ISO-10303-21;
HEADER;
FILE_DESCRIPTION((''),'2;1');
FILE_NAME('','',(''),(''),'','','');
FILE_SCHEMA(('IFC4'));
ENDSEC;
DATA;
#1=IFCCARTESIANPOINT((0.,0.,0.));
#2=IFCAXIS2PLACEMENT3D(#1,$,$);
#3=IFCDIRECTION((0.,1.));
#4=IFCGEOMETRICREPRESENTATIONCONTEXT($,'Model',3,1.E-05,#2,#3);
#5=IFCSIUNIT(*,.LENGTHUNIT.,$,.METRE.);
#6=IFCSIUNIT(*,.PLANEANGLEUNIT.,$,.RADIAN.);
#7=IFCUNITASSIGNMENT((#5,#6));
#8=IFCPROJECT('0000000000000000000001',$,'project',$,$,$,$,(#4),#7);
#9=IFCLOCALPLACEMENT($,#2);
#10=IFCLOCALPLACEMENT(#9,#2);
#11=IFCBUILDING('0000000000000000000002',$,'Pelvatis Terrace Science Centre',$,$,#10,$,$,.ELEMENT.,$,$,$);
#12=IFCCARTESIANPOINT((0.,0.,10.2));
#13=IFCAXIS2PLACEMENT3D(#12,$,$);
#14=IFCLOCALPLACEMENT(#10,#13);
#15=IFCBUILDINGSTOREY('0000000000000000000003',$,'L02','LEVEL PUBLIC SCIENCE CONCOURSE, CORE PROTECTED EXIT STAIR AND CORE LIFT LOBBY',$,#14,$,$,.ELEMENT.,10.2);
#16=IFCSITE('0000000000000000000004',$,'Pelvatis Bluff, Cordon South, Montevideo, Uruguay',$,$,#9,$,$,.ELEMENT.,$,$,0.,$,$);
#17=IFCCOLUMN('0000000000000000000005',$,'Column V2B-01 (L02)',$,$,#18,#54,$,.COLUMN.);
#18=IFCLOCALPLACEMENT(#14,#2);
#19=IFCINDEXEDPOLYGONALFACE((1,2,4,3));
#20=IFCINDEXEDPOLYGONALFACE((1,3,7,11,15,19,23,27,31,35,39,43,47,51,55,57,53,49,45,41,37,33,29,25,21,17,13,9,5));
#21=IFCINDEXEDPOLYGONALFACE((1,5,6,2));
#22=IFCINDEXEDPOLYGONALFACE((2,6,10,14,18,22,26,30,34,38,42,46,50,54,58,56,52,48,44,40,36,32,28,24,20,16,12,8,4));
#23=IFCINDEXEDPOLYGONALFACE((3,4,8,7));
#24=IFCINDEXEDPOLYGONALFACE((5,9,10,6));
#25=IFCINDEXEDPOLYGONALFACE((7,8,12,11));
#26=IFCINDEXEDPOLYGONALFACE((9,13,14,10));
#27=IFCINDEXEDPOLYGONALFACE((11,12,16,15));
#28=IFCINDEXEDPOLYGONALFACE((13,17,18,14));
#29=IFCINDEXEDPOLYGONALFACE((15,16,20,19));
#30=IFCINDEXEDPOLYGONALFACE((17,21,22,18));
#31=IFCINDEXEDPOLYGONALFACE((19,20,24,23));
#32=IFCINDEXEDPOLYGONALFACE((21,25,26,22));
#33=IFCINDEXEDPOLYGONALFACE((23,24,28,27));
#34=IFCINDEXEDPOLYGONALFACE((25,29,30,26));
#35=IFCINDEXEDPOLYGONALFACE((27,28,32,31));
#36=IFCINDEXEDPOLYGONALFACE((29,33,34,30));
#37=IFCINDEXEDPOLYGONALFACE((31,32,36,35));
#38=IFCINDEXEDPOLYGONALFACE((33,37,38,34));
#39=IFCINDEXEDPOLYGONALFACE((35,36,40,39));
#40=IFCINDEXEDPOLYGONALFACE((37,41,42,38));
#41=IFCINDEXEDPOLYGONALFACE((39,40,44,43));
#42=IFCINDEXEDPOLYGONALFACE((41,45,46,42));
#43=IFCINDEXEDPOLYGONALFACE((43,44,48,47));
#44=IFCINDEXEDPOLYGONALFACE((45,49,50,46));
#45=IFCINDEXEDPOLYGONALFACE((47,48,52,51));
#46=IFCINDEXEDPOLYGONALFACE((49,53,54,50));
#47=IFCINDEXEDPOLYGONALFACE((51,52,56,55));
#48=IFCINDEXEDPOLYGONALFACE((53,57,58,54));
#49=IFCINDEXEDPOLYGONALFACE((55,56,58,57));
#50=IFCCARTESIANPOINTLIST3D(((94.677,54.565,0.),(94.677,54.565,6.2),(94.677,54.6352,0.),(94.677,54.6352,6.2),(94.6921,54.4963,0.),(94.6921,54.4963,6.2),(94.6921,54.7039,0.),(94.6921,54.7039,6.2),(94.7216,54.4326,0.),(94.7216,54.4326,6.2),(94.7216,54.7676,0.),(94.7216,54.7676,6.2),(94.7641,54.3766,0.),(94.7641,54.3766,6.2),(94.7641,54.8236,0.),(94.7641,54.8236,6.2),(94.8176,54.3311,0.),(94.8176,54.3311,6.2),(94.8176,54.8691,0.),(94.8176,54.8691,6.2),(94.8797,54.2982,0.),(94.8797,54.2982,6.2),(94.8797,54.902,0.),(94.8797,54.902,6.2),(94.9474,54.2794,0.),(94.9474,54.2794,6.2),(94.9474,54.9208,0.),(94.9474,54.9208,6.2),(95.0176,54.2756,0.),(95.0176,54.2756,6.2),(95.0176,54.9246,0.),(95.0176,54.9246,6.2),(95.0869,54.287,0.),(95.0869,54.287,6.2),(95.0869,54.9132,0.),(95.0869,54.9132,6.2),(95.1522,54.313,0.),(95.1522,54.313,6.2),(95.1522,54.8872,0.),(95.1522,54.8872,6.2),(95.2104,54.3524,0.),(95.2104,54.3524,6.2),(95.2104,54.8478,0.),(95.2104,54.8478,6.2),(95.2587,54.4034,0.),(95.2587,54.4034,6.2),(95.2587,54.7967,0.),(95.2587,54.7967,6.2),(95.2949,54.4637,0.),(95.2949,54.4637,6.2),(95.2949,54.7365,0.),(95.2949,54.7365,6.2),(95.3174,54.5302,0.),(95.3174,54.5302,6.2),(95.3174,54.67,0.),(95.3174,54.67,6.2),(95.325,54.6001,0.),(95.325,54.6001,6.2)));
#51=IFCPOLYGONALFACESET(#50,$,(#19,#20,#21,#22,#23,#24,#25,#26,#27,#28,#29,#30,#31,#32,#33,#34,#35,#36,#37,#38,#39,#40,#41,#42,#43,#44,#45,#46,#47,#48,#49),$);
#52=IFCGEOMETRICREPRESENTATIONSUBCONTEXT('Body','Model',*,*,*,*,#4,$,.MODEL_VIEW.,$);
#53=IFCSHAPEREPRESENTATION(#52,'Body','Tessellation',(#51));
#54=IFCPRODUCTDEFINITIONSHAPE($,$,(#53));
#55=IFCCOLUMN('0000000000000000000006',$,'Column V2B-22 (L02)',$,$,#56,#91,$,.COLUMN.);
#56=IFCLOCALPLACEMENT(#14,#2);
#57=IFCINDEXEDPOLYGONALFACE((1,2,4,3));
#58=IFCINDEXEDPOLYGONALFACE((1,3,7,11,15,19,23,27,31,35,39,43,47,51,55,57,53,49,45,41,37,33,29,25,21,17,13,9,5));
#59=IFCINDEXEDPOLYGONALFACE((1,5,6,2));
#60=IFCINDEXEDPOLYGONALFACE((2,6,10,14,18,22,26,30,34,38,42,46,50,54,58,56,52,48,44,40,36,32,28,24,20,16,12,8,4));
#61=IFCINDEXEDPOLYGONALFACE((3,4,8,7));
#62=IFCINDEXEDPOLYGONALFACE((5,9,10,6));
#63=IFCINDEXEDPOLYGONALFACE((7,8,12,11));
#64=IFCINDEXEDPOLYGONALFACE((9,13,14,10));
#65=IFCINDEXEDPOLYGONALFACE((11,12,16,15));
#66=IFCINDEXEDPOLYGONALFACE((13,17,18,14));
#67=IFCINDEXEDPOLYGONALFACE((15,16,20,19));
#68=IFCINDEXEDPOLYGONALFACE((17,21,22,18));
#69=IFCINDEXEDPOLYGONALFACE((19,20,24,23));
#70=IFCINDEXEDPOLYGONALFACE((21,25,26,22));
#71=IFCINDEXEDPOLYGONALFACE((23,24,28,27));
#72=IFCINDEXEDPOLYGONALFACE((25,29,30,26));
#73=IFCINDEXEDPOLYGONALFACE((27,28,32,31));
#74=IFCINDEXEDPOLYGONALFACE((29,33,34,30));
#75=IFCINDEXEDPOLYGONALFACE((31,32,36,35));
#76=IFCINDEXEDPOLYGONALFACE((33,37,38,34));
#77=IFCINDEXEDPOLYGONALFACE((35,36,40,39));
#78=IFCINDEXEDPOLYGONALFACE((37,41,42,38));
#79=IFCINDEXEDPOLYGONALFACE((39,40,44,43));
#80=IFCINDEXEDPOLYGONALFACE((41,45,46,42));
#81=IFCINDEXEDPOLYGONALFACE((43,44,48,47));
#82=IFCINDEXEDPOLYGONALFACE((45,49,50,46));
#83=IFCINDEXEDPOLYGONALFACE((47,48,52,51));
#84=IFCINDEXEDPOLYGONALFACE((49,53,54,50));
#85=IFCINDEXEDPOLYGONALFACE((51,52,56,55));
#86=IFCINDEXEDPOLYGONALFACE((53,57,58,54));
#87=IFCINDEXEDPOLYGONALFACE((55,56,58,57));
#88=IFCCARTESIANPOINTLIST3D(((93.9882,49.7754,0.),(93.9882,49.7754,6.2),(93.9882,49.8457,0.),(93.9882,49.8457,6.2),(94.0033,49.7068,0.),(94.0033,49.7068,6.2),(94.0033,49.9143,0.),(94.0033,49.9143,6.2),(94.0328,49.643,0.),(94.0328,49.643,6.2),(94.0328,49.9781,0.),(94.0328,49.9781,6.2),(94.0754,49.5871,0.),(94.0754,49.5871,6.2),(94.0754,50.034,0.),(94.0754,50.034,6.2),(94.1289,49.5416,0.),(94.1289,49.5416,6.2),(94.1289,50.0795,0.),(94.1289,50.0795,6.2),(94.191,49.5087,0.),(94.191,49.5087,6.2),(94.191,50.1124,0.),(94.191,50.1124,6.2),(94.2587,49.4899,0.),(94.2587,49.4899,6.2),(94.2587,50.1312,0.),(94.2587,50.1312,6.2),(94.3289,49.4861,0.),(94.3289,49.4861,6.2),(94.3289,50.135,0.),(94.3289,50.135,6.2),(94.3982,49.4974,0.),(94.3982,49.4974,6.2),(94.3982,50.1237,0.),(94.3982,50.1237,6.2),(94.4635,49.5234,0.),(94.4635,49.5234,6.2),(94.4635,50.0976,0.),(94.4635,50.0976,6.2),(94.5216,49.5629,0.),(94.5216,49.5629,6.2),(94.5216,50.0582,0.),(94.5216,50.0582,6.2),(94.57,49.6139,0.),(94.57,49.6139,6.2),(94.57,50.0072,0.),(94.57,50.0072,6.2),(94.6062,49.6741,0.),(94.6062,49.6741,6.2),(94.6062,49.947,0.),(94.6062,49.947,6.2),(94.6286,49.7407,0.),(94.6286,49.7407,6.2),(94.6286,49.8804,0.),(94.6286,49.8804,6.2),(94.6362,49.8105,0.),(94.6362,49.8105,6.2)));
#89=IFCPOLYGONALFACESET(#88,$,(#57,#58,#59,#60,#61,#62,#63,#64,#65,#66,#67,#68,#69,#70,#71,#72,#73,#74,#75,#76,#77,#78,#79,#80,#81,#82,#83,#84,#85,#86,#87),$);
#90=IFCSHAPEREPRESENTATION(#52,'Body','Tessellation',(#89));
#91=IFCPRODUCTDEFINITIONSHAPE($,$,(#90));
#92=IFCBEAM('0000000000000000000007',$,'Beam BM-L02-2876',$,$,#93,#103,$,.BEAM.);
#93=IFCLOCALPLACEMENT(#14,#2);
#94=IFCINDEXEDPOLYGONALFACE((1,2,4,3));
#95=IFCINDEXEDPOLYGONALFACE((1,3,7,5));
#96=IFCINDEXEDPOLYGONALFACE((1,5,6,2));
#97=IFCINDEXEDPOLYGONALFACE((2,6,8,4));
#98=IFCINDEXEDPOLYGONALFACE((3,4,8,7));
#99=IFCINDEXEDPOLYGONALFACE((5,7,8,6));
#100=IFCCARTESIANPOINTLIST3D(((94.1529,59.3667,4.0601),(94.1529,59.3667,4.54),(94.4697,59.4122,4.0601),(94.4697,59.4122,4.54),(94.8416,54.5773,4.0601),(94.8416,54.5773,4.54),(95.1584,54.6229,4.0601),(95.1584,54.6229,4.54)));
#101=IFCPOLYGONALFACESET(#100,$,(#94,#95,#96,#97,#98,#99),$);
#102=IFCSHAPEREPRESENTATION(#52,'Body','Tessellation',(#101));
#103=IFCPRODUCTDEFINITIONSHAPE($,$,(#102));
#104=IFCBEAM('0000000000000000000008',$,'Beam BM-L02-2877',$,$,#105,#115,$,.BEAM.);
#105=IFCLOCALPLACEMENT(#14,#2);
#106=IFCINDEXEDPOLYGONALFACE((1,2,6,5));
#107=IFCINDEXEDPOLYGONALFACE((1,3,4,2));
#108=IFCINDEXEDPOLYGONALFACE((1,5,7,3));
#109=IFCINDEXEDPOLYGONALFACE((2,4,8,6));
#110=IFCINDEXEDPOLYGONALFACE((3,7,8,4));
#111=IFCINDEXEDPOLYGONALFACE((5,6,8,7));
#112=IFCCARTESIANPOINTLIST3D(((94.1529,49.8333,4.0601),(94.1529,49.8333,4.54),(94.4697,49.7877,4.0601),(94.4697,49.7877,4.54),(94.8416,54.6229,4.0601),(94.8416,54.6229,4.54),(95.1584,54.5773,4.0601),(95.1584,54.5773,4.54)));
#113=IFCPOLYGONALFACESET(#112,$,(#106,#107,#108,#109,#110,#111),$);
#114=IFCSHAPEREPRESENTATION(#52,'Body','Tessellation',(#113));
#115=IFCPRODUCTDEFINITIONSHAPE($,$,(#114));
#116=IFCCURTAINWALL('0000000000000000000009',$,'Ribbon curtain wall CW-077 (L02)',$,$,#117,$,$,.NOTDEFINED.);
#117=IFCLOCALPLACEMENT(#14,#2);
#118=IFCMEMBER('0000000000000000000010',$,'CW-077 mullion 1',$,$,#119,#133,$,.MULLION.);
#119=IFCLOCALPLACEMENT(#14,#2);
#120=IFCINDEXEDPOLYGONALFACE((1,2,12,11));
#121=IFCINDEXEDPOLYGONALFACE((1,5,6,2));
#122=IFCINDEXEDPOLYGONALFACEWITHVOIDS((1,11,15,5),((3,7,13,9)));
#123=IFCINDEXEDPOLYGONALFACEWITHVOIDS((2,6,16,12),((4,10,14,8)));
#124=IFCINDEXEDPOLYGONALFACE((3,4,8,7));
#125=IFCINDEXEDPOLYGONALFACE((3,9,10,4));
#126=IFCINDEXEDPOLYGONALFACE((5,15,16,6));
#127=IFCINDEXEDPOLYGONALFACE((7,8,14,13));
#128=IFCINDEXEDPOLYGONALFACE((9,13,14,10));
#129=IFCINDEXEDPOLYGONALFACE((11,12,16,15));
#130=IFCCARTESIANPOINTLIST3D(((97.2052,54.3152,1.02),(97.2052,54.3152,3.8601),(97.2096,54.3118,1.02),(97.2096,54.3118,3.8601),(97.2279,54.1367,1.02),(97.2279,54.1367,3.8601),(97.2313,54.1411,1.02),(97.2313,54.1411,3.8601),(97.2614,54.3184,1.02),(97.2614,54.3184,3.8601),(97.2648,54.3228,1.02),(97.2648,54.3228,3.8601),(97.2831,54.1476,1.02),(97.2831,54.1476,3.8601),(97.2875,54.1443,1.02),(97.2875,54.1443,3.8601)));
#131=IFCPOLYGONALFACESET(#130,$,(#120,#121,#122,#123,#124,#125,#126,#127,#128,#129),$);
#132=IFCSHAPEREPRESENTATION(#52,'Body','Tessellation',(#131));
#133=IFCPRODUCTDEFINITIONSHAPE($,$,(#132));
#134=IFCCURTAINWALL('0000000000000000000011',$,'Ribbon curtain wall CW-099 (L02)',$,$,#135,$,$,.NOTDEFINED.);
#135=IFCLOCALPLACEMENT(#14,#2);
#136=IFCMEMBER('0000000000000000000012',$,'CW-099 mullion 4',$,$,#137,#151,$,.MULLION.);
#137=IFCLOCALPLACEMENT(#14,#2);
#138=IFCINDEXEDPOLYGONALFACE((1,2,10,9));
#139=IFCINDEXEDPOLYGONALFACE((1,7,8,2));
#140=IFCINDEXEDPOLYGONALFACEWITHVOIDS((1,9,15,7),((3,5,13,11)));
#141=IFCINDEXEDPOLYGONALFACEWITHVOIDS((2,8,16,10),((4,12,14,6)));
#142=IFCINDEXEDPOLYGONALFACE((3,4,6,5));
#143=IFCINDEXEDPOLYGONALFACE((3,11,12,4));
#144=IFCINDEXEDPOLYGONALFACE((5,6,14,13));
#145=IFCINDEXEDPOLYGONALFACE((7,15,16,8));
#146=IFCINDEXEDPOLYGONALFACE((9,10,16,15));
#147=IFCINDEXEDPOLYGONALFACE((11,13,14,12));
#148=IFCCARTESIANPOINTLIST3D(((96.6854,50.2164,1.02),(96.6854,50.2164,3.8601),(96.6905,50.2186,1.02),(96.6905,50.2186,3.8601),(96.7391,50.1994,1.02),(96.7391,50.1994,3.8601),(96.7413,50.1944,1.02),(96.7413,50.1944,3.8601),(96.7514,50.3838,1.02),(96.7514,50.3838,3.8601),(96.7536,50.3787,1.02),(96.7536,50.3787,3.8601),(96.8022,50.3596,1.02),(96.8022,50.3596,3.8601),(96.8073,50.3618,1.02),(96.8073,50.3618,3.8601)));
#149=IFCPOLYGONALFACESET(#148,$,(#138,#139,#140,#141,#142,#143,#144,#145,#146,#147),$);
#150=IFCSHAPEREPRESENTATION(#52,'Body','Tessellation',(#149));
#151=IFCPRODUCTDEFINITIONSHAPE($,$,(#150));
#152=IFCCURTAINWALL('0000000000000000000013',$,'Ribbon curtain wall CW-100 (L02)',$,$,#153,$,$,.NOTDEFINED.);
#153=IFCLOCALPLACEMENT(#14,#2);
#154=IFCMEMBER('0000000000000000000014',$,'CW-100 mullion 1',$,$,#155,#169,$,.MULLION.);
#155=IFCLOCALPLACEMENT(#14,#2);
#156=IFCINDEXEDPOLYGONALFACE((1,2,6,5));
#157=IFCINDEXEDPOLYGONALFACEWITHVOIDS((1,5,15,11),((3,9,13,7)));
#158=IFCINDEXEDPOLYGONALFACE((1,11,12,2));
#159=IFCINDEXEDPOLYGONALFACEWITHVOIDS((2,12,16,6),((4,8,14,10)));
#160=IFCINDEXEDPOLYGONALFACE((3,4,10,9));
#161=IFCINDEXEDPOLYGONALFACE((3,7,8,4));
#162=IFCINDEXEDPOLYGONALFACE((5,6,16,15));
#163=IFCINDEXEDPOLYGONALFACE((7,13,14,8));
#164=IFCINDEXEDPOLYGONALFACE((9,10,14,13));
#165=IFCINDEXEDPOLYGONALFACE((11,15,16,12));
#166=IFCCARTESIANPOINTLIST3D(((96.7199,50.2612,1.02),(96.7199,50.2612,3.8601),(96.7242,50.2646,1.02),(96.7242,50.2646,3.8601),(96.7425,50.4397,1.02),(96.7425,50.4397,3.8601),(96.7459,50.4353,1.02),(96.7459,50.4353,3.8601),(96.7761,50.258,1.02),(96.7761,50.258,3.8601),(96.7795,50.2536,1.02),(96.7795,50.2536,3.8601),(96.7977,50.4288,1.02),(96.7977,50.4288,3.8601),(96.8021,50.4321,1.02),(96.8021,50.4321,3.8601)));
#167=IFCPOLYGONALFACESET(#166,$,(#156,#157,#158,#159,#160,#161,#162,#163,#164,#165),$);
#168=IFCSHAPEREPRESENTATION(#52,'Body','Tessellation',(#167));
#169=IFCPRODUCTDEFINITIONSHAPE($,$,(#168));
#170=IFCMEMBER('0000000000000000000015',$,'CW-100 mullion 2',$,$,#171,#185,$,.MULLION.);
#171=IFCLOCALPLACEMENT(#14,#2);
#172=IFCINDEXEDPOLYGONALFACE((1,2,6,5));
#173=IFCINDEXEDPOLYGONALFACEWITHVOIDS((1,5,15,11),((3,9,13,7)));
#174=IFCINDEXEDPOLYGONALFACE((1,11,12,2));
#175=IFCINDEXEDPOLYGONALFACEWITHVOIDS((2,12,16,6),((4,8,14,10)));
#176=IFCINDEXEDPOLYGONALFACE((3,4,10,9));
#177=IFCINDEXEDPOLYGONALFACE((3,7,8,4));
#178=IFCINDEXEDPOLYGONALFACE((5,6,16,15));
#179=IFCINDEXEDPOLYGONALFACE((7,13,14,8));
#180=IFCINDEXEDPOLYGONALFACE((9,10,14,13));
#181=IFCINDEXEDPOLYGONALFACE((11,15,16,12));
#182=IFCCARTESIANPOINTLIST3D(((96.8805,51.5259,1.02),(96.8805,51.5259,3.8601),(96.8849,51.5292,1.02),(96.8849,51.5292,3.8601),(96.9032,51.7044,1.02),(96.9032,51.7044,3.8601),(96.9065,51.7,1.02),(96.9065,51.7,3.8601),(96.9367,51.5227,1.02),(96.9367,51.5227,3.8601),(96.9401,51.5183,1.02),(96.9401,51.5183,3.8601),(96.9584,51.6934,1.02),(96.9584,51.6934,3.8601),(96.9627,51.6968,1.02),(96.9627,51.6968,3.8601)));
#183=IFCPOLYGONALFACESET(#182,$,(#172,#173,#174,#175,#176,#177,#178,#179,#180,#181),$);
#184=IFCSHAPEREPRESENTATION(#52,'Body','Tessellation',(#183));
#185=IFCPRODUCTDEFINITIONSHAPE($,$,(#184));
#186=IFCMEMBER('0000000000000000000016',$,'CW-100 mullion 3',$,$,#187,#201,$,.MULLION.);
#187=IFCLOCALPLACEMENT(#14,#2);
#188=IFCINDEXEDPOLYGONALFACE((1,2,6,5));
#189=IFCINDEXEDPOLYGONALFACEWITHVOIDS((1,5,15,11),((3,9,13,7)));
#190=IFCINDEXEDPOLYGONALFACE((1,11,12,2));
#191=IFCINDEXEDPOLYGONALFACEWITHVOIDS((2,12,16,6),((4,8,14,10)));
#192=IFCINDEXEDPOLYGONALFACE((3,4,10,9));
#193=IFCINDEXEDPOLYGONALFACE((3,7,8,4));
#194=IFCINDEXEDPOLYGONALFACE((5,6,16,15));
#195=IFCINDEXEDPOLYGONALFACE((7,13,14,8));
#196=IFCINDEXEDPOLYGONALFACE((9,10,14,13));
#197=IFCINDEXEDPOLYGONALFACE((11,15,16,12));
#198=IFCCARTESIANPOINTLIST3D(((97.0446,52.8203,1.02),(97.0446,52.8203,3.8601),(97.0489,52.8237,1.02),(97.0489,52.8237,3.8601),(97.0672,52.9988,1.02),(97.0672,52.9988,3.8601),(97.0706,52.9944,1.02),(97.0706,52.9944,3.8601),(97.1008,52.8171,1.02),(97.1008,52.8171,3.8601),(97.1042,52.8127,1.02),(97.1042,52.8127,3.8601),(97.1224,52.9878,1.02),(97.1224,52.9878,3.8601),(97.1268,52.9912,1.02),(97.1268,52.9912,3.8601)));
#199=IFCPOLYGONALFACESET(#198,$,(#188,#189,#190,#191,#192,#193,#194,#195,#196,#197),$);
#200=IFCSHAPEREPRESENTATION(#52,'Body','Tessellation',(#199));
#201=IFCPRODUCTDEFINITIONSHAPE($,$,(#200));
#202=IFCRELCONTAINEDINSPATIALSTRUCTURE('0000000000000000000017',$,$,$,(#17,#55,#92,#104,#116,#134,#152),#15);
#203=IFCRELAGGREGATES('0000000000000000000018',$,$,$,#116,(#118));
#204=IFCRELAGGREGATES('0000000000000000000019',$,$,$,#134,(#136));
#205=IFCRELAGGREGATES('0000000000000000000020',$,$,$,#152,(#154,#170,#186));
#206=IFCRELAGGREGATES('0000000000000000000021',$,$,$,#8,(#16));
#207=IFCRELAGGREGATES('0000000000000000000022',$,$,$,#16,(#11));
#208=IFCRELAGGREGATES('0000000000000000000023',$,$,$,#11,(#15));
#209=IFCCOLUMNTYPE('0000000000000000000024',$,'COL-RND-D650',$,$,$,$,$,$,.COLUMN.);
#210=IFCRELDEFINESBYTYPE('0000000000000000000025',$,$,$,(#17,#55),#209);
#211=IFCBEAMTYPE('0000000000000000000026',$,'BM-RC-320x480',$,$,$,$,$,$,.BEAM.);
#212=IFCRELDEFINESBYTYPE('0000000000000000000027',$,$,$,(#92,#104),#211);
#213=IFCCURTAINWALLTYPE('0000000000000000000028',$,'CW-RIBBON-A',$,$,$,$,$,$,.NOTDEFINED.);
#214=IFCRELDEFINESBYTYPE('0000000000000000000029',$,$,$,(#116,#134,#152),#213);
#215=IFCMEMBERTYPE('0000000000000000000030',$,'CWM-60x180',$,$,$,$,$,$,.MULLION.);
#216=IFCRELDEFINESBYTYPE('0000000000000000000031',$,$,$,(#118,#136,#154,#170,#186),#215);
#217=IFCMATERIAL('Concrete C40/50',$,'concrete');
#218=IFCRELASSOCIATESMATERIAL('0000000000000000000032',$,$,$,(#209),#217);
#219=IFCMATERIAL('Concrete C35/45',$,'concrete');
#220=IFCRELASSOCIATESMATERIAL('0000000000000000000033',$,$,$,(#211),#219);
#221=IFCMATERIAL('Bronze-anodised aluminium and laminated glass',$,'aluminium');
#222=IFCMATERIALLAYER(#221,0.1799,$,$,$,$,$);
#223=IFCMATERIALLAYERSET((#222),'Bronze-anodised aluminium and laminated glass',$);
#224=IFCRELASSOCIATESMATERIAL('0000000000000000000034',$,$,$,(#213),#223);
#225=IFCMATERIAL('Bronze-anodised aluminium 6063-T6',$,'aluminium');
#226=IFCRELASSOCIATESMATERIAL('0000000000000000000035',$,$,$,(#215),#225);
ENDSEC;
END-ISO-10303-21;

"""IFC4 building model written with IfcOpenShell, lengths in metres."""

from ifc_helpers import new_model, si_unit, direction, frame, origin, origin_2d, place, context, subcontext, project, spatial, rectangle, hollow_rectangle, circle, extrude, material, layer, layer_set, material_profile, profile_set, type_object, element, aggregate, save


model = new_model("IFC4")

# Units and contexts
model_context = context("Model", 3, precision=1e-05, world=origin(), true_north=direction((0.0, 1.0)))
body_context = subcontext(model_context, "Body", "Model", "MODEL_VIEW")
ifc_project = project(units=[si_unit("LENGTHUNIT", "METRE"), si_unit("PLANEANGLEUNIT", "RADIAN")], contexts=[model_context])

# Site, building, storey
site_placement = place(None, origin())
site = spatial("IfcSite", under=ifc_project, at=site_placement, Name="Pelvatis Bluff, Cordon South, Montevideo, Uruguay", CompositionType="ELEMENT", RefElevation=0.0)
building_placement = place(site_placement, origin())
building = spatial("IfcBuilding", under=site, at=building_placement, Name="Pelvatis Terrace Science Centre", CompositionType="ELEMENT")
storey_placement = place(building_placement, frame((0.0, 0.0, 10.2)))
storey = spatial("IfcBuildingStorey", under=building, at=storey_placement, Name="L02", Description="LEVEL PUBLIC SCIENCE CONCOURSE, CORE PROTECTED EXIT STAIR AND CORE LIFT LOBBY", CompositionType="ELEMENT", Elevation=10.2)

# Columns
ifc_material_1 = material(Name="Concrete C40/50", Category="concrete")
ifc_material_profile_1 = material_profile(ifc_material_1, circle(Radius=0.325, at=origin_2d()), Name="RC-RCOL D650")
ifc_profile_set_1 = profile_set([ifc_material_profile_1], Name="Concrete C40/50")
column_type = type_object("IfcColumnType", Name="COL-RND-D650", PredefinedType="COLUMN", material=ifc_profile_set_1)
for number, where, z_axis, x_axis, name in (
    (1, (95.0, 54.6001, 0.0), (0.0, 0.0, 1.0), (1.0, 0.0, 0.0), "Column V2B-01 (L02)"),
    (2, (94.3113, 49.8105, 0.0), (0.0, 0.0, 1.0), (1.0, 0.0, 0.0), "Column V2B-22 (L02)"),
):
    element("IfcColumn", number, at=place(storey_placement, frame(where, z_axis=z_axis, x_axis=x_axis)), inside=storey, type_object=column_type, Name=name, PredefinedType="COLUMN", context=body_context, shape_type="SweptSolid", body=[
        extrude(circle(Radius=0.325, at=origin_2d()), origin(), (0.0, 0.0, 1.0), 6.2),
    ])

# Beams
ifc_material_2 = material(Name="Concrete C35/45", Category="concrete")
ifc_material_profile_2 = material_profile(ifc_material_2, rectangle(XDim=0.3201, YDim=0.48, at=origin_2d()), Name="RC-BM 320x480")
ifc_profile_set_2 = profile_set([ifc_material_profile_2], Name="Concrete C35/45")
beam_type = type_object("IfcBeamType", Name="BM-RC-320x480", PredefinedType="BEAM", material=ifc_profile_set_2)
beam_1_placement = place(storey_placement, frame((95.0, 54.6001, 4.3), z_axis=(-0.14234, 0.989818, 0.0), x_axis=(-0.989818, -0.14234, 0.0)))
element("IfcBeam", 3, at=beam_1_placement, inside=storey, type_object=beam_type, Name="Beam BM-L02-2876", PredefinedType="BEAM", context=body_context, shape_type="SweptSolid", body=[
    extrude(rectangle(XDim=0.3201, YDim=0.48, at=origin_2d()), origin(), (0.0, 0.0, 1.0), 4.8386),
])
beam_2_placement = place(storey_placement, frame((95.0, 54.6001, 4.3), z_axis=(-0.142333, -0.989819, 0.0), x_axis=(0.989819, -0.142333, 0.0)))
element("IfcBeam", 4, at=beam_2_placement, inside=storey, type_object=beam_type, Name="Beam BM-L02-2877", PredefinedType="BEAM", context=body_context, shape_type="SweptSolid", body=[
    extrude(rectangle(XDim=0.3201, YDim=0.48, at=origin_2d()), origin(), (0.0, 0.0, 1.0), 4.8389),
])

# Curtain walls, members
ifc_material_3 = material(Name="Bronze-anodised aluminium and laminated glass", Category="aluminium")
ifc_layer_1 = layer(ifc_material_3, 0.1799)
ifc_layer_set_1 = layer_set([ifc_layer_1], Name="Bronze-anodised aluminium and laminated glass")
curtain_wall_type = type_object("IfcCurtainWallType", Name="CW-RIBBON-A", PredefinedType="NOTDEFINED", material=ifc_layer_set_1)
curtain_wall_1_placement = place(storey_placement, origin())
curtain_wall_1 = element("IfcCurtainWall", 5, at=curtain_wall_1_placement, inside=storey, type_object=curtain_wall_type, Name="Ribbon curtain wall CW-077 (L02)", PredefinedType="NOTDEFINED")
ifc_material_4 = material(Name="Bronze-anodised aluminium 6063-T6", Category="aluminium")
ifc_material_profile_3 = material_profile(ifc_material_4, hollow_rectangle(XDim=0.0601, YDim=0.1799, WallThickness=0.0039, at=origin_2d()), Name="ALU-MUL 60x180")
ifc_profile_set_3 = profile_set([ifc_material_profile_3], Name="Bronze-anodised aluminium 6063-T6")
member_type_1 = type_object("IfcMemberType", Name="CWM-60x180", PredefinedType="MULLION", material=ifc_profile_set_3)
member_1_placement = place(storey_placement, frame((97.2463, 54.2297, 1.02), z_axis=(0.0, 0.0, 1.0), x_axis=(-0.992046, -0.125877, 0.0)))
member_1 = element("IfcMember", 6, at=member_1_placement, type_object=member_type_1, Name="CW-077 mullion 1", PredefinedType="MULLION", context=body_context, shape_type="SweptSolid", body=[
    extrude(hollow_rectangle(XDim=0.0601, YDim=0.1799, WallThickness=0.0039, at=origin_2d()), origin(), (0.0, 0.0, 1.0), 2.8401),
])
curtain_wall_2_placement = place(storey_placement, origin())
curtain_wall_2 = element("IfcCurtainWall", 7, at=curtain_wall_2_placement, inside=storey, type_object=curtain_wall_type, Name="Ribbon curtain wall CW-099 (L02)", PredefinedType="NOTDEFINED")
member_2_placement = place(storey_placement, frame((96.7463, 50.2891, 1.02), z_axis=(0.0, 0.0, 1.0), x_axis=(-0.93038, 0.366597, 0.0)))
member_2 = element("IfcMember", 8, at=member_2_placement, type_object=member_type_1, Name="CW-099 mullion 4", PredefinedType="MULLION", context=body_context, shape_type="SweptSolid", body=[
    extrude(hollow_rectangle(XDim=0.0601, YDim=0.1799, WallThickness=0.0039, at=origin_2d()), origin(), (0.0, 0.0, 1.0), 2.8401),
])

# Curtain wall, members
curtain_wall_3_placement = place(storey_placement, origin())
curtain_wall_3 = element("IfcCurtainWall", 9, at=curtain_wall_3_placement, inside=storey, type_object=curtain_wall_type, Name="Ribbon curtain wall CW-100 (L02)", PredefinedType="NOTDEFINED")
member_3_placement = place(storey_placement, frame((96.761, 50.3467, 1.02), z_axis=(0.0, 0.0, 1.0), x_axis=(-0.992046, 0.125877, 0.0)))
member_3 = element("IfcMember", 10, at=member_3_placement, type_object=member_type_1, Name="CW-100 mullion 1", PredefinedType="MULLION", context=body_context, shape_type="SweptSolid", body=[
    extrude(hollow_rectangle(XDim=0.0601, YDim=0.1799, WallThickness=0.0039, at=origin_2d()), origin(), (0.0, 0.0, 1.0), 2.8401),
])
member_4_placement = place(storey_placement, frame((96.9216, 51.6113, 1.02), z_axis=(0.0, 0.0, 1.0), x_axis=(-0.992046, 0.125877, 0.0)))
member_4 = element("IfcMember", 11, at=member_4_placement, type_object=member_type_1, Name="CW-100 mullion 2", PredefinedType="MULLION", context=body_context, shape_type="SweptSolid", body=[
    extrude(hollow_rectangle(XDim=0.0601, YDim=0.1799, WallThickness=0.0039, at=origin_2d()), origin(), (0.0, 0.0, 1.0), 2.8401),
])
member_5_placement = place(storey_placement, frame((97.0857, 52.9058, 1.02), z_axis=(0.0, 0.0, 1.0), x_axis=(-0.992046, 0.125877, 0.0)))
member_5 = element("IfcMember", 12, at=member_5_placement, type_object=member_type_1, Name="CW-100 mullion 3", PredefinedType="MULLION", context=body_context, shape_type="SweptSolid", body=[
    extrude(hollow_rectangle(XDim=0.0601, YDim=0.1799, WallThickness=0.0039, at=origin_2d()), origin(), (0.0, 0.0, 1.0), 2.8401),
])

aggregate(curtain_wall_1, [member_1])
aggregate(curtain_wall_2, [member_2])
aggregate(curtain_wall_3, [member_3, member_4, member_5])

save(model, "model.ifc")
